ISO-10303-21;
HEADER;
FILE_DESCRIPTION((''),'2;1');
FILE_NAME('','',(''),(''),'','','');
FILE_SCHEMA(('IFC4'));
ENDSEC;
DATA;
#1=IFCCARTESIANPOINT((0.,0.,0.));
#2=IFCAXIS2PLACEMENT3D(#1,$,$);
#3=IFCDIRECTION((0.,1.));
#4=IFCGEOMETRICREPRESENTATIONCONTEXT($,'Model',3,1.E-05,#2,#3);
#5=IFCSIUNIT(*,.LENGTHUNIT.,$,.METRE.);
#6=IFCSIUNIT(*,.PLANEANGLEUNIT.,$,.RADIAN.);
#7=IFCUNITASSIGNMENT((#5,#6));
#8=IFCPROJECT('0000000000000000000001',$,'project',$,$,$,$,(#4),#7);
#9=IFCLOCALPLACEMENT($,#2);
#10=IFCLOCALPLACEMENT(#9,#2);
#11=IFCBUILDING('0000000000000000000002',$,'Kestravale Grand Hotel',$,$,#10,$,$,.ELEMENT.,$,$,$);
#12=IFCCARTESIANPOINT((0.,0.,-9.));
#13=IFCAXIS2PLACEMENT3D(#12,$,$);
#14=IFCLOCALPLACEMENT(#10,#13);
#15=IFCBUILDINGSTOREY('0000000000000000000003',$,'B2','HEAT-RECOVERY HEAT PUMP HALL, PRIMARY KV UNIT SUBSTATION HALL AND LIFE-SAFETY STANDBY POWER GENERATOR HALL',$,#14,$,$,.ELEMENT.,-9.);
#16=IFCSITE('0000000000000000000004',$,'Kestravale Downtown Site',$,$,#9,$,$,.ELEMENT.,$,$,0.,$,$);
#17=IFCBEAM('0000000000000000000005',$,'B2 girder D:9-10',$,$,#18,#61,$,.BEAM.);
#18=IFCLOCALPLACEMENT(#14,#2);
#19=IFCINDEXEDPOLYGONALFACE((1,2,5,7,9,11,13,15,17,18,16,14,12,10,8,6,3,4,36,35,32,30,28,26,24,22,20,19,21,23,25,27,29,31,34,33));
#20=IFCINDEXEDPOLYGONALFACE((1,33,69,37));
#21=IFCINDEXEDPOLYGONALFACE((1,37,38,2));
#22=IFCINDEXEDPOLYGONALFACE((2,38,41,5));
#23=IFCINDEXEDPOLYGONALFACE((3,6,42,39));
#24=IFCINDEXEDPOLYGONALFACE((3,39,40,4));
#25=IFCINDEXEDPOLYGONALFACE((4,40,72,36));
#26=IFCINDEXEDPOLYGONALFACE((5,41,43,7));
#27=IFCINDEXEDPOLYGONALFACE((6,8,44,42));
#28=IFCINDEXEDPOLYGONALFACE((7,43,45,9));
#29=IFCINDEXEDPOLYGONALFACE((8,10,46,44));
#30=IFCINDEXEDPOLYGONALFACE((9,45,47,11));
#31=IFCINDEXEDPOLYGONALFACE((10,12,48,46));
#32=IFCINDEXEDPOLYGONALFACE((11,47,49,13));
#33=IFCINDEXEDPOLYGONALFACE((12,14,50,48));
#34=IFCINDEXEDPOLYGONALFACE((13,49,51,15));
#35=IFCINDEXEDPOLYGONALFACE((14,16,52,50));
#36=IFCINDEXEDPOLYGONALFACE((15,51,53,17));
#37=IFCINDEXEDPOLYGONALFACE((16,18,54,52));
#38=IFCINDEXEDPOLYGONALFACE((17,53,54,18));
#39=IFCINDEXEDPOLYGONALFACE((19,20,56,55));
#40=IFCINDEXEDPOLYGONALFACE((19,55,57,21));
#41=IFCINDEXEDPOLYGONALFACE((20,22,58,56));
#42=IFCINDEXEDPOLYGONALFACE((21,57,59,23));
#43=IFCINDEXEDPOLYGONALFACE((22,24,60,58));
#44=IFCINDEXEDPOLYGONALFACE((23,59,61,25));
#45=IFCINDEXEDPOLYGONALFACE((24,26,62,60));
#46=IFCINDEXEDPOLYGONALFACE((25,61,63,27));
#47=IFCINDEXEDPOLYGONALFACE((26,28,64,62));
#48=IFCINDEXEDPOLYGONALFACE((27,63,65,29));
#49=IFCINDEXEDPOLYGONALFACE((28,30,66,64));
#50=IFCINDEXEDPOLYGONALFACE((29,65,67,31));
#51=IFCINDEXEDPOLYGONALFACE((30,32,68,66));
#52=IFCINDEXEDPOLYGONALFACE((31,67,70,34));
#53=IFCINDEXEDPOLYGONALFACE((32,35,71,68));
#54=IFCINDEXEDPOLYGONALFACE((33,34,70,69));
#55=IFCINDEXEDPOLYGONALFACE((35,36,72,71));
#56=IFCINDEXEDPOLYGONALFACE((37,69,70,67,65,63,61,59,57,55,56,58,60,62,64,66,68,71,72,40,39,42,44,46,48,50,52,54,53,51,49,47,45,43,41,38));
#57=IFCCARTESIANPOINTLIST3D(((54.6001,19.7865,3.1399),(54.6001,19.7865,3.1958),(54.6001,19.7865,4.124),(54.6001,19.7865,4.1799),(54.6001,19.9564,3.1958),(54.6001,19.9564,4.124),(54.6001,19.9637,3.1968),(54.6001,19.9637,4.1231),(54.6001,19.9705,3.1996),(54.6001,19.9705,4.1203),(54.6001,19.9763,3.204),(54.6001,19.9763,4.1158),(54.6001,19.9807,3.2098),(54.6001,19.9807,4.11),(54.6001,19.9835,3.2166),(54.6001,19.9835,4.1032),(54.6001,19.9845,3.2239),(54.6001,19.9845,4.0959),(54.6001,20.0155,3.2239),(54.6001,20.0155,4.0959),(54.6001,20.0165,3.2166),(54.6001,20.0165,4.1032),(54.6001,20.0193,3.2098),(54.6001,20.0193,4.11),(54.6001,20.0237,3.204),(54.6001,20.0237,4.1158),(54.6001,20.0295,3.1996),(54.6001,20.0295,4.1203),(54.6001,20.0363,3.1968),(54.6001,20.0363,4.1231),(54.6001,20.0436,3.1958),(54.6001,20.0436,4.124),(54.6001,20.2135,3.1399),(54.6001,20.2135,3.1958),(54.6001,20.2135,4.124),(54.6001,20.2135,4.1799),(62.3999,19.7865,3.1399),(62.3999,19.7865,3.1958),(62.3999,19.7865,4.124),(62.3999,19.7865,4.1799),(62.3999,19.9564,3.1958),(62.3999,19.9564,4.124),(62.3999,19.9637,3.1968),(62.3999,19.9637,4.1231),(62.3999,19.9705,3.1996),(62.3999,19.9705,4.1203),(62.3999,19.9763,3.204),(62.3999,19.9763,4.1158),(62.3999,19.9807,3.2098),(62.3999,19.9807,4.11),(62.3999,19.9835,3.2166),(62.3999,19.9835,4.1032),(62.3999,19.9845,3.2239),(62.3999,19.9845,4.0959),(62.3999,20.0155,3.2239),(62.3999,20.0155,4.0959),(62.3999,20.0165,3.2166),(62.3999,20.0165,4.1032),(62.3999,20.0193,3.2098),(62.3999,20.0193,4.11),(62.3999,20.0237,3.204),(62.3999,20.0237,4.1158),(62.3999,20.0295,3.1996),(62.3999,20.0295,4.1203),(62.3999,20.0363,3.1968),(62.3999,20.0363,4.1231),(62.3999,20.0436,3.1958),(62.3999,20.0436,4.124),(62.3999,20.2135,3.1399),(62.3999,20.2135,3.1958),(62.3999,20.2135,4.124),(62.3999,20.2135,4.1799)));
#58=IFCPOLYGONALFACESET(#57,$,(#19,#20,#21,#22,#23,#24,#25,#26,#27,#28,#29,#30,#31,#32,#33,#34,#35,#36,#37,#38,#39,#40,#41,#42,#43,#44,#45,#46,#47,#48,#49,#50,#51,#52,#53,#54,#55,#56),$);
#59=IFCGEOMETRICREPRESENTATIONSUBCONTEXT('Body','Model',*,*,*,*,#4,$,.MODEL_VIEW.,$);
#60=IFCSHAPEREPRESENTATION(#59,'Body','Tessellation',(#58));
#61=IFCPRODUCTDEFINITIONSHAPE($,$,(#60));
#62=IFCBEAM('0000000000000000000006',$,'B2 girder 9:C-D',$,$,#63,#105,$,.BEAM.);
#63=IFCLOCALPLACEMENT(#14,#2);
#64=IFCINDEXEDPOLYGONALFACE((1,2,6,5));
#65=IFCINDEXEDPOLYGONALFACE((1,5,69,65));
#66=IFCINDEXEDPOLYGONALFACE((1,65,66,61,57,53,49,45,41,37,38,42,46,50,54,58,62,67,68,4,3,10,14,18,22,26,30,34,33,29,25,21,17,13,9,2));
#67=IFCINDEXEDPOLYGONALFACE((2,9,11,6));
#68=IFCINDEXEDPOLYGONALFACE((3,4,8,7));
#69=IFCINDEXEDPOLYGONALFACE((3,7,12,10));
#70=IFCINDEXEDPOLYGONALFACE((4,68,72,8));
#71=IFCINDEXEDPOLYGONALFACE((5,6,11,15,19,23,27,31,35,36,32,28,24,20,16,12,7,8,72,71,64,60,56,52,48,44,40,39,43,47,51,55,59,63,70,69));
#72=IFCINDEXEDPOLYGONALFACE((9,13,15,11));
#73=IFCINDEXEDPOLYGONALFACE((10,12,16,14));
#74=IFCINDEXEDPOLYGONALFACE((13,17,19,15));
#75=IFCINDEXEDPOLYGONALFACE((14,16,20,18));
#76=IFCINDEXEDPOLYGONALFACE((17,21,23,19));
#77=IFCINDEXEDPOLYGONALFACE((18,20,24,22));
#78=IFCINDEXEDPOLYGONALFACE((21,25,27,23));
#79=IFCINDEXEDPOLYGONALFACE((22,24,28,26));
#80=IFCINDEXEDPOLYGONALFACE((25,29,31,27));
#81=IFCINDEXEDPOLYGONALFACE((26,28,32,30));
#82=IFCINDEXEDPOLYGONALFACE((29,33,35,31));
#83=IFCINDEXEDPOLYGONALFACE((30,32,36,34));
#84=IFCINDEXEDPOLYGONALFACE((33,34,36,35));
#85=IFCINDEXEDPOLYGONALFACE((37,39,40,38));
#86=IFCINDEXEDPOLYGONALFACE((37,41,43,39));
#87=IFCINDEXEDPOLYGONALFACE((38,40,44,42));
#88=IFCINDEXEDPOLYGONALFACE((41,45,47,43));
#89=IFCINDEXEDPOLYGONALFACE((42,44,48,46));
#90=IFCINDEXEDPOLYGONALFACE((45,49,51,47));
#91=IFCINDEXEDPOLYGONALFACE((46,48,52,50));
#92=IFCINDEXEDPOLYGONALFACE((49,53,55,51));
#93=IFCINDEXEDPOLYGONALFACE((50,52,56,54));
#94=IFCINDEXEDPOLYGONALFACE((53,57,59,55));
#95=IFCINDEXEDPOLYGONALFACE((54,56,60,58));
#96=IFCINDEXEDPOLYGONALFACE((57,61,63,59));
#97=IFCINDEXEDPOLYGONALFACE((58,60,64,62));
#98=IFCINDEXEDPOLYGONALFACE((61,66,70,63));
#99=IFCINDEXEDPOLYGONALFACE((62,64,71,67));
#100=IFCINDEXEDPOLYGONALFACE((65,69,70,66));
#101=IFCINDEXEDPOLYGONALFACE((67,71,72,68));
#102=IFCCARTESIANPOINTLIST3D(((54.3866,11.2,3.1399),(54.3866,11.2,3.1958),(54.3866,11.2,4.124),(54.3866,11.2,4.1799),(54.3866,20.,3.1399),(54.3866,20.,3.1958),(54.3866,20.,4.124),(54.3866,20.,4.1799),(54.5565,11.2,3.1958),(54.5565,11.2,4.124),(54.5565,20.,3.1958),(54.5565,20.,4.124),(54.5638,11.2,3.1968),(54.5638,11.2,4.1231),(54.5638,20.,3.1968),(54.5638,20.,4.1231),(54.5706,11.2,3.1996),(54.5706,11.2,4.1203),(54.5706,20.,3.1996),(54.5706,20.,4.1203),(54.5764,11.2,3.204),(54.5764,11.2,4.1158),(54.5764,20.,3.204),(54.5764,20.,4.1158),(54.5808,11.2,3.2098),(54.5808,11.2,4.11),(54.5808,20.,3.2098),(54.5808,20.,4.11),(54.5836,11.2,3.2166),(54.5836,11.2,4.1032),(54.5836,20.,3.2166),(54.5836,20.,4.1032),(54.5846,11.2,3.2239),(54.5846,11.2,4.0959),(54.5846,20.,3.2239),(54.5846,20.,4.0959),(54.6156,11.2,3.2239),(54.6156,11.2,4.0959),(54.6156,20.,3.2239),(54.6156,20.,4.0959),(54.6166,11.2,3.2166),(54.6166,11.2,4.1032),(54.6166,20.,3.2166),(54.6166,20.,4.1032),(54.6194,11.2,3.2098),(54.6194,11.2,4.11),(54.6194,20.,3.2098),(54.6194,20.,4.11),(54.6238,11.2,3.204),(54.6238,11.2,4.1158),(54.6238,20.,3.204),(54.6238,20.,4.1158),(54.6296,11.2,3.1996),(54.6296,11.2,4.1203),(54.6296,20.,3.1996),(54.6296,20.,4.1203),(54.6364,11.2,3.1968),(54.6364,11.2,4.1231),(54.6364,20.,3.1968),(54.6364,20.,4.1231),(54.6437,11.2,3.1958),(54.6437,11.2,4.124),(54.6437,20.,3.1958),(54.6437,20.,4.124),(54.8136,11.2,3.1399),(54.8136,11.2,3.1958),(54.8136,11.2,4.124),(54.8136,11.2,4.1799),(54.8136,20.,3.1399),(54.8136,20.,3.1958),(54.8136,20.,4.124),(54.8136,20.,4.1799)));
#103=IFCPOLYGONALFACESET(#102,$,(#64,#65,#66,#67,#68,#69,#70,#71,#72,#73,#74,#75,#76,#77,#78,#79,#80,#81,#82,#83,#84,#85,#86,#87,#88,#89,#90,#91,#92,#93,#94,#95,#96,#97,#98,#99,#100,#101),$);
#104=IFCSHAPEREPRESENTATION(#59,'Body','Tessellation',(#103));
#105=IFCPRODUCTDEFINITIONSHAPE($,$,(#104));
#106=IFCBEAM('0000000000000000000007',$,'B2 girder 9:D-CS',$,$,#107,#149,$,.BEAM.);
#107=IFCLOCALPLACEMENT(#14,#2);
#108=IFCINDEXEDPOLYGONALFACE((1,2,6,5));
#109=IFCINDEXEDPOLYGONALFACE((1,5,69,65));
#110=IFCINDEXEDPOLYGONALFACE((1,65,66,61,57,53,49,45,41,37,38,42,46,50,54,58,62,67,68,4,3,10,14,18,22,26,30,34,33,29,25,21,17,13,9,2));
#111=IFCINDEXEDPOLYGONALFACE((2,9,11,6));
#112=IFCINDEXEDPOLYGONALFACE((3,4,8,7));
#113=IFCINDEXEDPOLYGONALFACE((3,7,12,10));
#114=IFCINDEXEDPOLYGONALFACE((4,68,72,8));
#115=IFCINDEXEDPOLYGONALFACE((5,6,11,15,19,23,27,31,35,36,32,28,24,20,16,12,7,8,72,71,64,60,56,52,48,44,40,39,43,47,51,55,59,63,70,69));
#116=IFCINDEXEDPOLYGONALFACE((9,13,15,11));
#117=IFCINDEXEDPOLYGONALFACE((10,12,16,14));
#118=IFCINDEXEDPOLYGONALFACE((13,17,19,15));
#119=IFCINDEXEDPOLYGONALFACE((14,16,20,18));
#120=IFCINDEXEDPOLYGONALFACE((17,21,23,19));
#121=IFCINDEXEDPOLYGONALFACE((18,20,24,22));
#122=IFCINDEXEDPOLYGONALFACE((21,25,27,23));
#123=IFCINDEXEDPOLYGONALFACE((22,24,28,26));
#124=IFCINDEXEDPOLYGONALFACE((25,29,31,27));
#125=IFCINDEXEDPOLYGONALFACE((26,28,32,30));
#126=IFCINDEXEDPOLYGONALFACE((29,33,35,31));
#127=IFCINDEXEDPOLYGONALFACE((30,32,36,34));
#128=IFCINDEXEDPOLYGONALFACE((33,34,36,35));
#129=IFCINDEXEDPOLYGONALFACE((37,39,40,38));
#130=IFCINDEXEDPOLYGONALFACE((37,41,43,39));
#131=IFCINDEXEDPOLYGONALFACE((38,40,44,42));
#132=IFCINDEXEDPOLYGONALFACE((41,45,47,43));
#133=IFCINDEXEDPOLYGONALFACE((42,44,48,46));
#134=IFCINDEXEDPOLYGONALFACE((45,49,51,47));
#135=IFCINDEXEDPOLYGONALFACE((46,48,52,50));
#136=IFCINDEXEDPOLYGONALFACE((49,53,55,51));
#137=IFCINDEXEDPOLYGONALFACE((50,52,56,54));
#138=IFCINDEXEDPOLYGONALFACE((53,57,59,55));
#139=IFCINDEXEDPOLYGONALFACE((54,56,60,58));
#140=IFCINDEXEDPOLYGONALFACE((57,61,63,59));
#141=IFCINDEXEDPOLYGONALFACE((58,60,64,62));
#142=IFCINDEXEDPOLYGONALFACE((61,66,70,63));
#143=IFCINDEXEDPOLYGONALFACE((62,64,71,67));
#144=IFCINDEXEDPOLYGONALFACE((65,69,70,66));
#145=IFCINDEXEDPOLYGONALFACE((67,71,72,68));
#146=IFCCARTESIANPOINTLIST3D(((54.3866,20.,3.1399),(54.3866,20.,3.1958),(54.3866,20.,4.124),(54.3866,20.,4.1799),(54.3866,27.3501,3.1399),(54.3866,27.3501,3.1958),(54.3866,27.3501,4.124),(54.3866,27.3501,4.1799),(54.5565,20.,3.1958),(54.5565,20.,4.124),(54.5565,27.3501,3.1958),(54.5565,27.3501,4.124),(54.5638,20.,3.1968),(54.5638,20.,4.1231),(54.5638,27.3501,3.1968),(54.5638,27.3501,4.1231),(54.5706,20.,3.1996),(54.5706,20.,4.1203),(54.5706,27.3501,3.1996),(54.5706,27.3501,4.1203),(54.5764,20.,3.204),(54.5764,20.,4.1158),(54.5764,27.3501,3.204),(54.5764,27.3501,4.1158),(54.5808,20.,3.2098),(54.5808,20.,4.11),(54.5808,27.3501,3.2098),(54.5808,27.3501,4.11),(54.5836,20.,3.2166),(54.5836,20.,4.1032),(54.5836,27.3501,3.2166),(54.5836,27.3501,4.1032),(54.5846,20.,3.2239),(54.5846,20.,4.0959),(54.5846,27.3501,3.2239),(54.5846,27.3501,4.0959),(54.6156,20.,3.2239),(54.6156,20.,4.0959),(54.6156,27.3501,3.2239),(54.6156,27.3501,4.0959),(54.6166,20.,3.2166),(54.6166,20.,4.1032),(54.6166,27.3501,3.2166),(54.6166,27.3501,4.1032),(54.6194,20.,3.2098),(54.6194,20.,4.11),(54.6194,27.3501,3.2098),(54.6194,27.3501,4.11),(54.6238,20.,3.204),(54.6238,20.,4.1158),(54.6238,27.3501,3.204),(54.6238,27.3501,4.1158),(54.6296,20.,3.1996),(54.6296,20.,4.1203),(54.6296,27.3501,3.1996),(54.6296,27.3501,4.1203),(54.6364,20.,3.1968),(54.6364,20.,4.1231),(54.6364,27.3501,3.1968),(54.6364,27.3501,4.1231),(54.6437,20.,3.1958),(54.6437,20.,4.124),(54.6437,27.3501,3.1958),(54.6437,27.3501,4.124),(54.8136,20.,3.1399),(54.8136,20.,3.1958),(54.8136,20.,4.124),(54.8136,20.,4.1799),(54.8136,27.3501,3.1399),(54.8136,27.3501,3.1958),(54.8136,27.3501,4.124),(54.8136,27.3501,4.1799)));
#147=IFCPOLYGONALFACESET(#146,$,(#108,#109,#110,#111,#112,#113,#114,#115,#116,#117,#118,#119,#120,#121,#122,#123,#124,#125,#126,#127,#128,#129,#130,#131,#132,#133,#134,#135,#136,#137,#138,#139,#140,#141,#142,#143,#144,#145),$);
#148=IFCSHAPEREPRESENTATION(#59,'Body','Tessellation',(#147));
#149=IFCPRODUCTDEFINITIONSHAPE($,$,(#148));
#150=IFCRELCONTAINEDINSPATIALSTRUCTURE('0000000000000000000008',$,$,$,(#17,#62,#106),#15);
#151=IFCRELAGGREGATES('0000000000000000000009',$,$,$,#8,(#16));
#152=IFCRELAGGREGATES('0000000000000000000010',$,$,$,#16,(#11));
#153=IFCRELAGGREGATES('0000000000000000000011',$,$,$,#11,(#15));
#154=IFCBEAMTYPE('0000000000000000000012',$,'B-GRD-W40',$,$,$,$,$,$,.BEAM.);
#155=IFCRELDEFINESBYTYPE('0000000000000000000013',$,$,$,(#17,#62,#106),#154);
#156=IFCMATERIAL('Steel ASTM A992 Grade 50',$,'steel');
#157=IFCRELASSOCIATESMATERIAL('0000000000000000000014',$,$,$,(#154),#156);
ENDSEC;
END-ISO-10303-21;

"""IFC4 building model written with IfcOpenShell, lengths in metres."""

from ifc_helpers import new_model, si_unit, direction, frame, origin, origin_2d, place, context, subcontext, project, spatial, i_section, extrude, material, material_profile, profile_set, type_object, element, save


model = new_model("IFC4")

# Units and contexts
model_context = context("Model", 3, precision=1e-05, world=origin(), true_north=direction((0.0, 1.0)))
body_context = subcontext(model_context, "Body", "Model", "MODEL_VIEW")
ifc_project = project(units=[si_unit("LENGTHUNIT", "METRE"), si_unit("PLANEANGLEUNIT", "RADIAN")], contexts=[model_context])

# Site, building, storey
site_placement = place(None, origin())
site = spatial("IfcSite", under=ifc_project, at=site_placement, Name="Kestravale Downtown Site", CompositionType="ELEMENT", RefElevation=0.0)
building_placement = place(site_placement, origin())
building = spatial("IfcBuilding", under=site, at=building_placement, Name="Kestravale Grand Hotel", CompositionType="ELEMENT")
storey_placement = place(building_placement, frame((0.0, 0.0, -9.0)))
storey = spatial("IfcBuildingStorey", under=building, at=storey_placement, Name="B2", Description="HEAT-RECOVERY HEAT PUMP HALL, PRIMARY KV UNIT SUBSTATION HALL AND LIFE-SAFETY STANDBY POWER GENERATOR HALL", CompositionType="ELEMENT", Elevation=-9.0)

# Beams
ifc_material_1 = material(Name="Steel ASTM A992 Grade 50", Category="steel")
ifc_material_profile_1 = material_profile(ifc_material_1, i_section(OverallWidth=0.427, OverallDepth=1.04, WebThickness=0.031, FlangeThickness=0.0559, FilletRadius=0.0281, at=origin_2d()))
ifc_profile_set_1 = profile_set([ifc_material_profile_1], Name="Steel ASTM A992 Grade 50")
beam_type_1 = type_object("IfcBeamType", Name="B-GRD-W40", PredefinedType="BEAM", material=ifc_profile_set_1)
for number, where, z_axis, x_axis, name in (
    (1, (54.6001, 20.0, 3.6599), (1.0, 0.0, 0.0), (0.0, 1.0, 0.0), "B2 girder D:9-10"),
):
    element("IfcBeam", number, at=place(storey_placement, frame(where, z_axis=z_axis, x_axis=x_axis)), inside=storey, type_object=beam_type_1, Name=name, PredefinedType="BEAM", context=body_context, shape_type="SweptSolid", body=[
        extrude(i_section(OverallWidth=0.427, OverallDepth=1.04, WebThickness=0.031, FlangeThickness=0.0559, FilletRadius=0.0281, at=origin_2d()), origin(), (0.0, 0.0, 1.0), 7.7998),
    ])
beam_1_placement = place(storey_placement, frame((54.6001, 11.2, 3.6599), z_axis=(0.0, 1.0, 0.0), x_axis=(-1.0, 0.0, 0.0)))
element("IfcBeam", 2, at=beam_1_placement, inside=storey, type_object=beam_type_1, Name="B2 girder 9:C-D", PredefinedType="BEAM", context=body_context, shape_type="SweptSolid", body=[
    extrude(i_section(OverallWidth=0.427, OverallDepth=1.04, WebThickness=0.031, FlangeThickness=0.0559, FilletRadius=0.0281, at=origin_2d()), origin(), (0.0, 0.0, 1.0), 8.8),
])
beam_2_placement = place(storey_placement, frame((54.6001, 20.0, 3.6599), z_axis=(0.0, 1.0, 0.0), x_axis=(-1.0, 0.0, 0.0)))
element("IfcBeam", 3, at=beam_2_placement, inside=storey, type_object=beam_type_1, Name="B2 girder 9:D-CS", PredefinedType="BEAM", context=body_context, shape_type="SweptSolid", body=[
    extrude(i_section(OverallWidth=0.427, OverallDepth=1.04, WebThickness=0.031, FlangeThickness=0.0559, FilletRadius=0.0281, at=origin_2d()), origin(), (0.0, 0.0, 1.0), 7.3501),
])

save(model, "model.ifc")
